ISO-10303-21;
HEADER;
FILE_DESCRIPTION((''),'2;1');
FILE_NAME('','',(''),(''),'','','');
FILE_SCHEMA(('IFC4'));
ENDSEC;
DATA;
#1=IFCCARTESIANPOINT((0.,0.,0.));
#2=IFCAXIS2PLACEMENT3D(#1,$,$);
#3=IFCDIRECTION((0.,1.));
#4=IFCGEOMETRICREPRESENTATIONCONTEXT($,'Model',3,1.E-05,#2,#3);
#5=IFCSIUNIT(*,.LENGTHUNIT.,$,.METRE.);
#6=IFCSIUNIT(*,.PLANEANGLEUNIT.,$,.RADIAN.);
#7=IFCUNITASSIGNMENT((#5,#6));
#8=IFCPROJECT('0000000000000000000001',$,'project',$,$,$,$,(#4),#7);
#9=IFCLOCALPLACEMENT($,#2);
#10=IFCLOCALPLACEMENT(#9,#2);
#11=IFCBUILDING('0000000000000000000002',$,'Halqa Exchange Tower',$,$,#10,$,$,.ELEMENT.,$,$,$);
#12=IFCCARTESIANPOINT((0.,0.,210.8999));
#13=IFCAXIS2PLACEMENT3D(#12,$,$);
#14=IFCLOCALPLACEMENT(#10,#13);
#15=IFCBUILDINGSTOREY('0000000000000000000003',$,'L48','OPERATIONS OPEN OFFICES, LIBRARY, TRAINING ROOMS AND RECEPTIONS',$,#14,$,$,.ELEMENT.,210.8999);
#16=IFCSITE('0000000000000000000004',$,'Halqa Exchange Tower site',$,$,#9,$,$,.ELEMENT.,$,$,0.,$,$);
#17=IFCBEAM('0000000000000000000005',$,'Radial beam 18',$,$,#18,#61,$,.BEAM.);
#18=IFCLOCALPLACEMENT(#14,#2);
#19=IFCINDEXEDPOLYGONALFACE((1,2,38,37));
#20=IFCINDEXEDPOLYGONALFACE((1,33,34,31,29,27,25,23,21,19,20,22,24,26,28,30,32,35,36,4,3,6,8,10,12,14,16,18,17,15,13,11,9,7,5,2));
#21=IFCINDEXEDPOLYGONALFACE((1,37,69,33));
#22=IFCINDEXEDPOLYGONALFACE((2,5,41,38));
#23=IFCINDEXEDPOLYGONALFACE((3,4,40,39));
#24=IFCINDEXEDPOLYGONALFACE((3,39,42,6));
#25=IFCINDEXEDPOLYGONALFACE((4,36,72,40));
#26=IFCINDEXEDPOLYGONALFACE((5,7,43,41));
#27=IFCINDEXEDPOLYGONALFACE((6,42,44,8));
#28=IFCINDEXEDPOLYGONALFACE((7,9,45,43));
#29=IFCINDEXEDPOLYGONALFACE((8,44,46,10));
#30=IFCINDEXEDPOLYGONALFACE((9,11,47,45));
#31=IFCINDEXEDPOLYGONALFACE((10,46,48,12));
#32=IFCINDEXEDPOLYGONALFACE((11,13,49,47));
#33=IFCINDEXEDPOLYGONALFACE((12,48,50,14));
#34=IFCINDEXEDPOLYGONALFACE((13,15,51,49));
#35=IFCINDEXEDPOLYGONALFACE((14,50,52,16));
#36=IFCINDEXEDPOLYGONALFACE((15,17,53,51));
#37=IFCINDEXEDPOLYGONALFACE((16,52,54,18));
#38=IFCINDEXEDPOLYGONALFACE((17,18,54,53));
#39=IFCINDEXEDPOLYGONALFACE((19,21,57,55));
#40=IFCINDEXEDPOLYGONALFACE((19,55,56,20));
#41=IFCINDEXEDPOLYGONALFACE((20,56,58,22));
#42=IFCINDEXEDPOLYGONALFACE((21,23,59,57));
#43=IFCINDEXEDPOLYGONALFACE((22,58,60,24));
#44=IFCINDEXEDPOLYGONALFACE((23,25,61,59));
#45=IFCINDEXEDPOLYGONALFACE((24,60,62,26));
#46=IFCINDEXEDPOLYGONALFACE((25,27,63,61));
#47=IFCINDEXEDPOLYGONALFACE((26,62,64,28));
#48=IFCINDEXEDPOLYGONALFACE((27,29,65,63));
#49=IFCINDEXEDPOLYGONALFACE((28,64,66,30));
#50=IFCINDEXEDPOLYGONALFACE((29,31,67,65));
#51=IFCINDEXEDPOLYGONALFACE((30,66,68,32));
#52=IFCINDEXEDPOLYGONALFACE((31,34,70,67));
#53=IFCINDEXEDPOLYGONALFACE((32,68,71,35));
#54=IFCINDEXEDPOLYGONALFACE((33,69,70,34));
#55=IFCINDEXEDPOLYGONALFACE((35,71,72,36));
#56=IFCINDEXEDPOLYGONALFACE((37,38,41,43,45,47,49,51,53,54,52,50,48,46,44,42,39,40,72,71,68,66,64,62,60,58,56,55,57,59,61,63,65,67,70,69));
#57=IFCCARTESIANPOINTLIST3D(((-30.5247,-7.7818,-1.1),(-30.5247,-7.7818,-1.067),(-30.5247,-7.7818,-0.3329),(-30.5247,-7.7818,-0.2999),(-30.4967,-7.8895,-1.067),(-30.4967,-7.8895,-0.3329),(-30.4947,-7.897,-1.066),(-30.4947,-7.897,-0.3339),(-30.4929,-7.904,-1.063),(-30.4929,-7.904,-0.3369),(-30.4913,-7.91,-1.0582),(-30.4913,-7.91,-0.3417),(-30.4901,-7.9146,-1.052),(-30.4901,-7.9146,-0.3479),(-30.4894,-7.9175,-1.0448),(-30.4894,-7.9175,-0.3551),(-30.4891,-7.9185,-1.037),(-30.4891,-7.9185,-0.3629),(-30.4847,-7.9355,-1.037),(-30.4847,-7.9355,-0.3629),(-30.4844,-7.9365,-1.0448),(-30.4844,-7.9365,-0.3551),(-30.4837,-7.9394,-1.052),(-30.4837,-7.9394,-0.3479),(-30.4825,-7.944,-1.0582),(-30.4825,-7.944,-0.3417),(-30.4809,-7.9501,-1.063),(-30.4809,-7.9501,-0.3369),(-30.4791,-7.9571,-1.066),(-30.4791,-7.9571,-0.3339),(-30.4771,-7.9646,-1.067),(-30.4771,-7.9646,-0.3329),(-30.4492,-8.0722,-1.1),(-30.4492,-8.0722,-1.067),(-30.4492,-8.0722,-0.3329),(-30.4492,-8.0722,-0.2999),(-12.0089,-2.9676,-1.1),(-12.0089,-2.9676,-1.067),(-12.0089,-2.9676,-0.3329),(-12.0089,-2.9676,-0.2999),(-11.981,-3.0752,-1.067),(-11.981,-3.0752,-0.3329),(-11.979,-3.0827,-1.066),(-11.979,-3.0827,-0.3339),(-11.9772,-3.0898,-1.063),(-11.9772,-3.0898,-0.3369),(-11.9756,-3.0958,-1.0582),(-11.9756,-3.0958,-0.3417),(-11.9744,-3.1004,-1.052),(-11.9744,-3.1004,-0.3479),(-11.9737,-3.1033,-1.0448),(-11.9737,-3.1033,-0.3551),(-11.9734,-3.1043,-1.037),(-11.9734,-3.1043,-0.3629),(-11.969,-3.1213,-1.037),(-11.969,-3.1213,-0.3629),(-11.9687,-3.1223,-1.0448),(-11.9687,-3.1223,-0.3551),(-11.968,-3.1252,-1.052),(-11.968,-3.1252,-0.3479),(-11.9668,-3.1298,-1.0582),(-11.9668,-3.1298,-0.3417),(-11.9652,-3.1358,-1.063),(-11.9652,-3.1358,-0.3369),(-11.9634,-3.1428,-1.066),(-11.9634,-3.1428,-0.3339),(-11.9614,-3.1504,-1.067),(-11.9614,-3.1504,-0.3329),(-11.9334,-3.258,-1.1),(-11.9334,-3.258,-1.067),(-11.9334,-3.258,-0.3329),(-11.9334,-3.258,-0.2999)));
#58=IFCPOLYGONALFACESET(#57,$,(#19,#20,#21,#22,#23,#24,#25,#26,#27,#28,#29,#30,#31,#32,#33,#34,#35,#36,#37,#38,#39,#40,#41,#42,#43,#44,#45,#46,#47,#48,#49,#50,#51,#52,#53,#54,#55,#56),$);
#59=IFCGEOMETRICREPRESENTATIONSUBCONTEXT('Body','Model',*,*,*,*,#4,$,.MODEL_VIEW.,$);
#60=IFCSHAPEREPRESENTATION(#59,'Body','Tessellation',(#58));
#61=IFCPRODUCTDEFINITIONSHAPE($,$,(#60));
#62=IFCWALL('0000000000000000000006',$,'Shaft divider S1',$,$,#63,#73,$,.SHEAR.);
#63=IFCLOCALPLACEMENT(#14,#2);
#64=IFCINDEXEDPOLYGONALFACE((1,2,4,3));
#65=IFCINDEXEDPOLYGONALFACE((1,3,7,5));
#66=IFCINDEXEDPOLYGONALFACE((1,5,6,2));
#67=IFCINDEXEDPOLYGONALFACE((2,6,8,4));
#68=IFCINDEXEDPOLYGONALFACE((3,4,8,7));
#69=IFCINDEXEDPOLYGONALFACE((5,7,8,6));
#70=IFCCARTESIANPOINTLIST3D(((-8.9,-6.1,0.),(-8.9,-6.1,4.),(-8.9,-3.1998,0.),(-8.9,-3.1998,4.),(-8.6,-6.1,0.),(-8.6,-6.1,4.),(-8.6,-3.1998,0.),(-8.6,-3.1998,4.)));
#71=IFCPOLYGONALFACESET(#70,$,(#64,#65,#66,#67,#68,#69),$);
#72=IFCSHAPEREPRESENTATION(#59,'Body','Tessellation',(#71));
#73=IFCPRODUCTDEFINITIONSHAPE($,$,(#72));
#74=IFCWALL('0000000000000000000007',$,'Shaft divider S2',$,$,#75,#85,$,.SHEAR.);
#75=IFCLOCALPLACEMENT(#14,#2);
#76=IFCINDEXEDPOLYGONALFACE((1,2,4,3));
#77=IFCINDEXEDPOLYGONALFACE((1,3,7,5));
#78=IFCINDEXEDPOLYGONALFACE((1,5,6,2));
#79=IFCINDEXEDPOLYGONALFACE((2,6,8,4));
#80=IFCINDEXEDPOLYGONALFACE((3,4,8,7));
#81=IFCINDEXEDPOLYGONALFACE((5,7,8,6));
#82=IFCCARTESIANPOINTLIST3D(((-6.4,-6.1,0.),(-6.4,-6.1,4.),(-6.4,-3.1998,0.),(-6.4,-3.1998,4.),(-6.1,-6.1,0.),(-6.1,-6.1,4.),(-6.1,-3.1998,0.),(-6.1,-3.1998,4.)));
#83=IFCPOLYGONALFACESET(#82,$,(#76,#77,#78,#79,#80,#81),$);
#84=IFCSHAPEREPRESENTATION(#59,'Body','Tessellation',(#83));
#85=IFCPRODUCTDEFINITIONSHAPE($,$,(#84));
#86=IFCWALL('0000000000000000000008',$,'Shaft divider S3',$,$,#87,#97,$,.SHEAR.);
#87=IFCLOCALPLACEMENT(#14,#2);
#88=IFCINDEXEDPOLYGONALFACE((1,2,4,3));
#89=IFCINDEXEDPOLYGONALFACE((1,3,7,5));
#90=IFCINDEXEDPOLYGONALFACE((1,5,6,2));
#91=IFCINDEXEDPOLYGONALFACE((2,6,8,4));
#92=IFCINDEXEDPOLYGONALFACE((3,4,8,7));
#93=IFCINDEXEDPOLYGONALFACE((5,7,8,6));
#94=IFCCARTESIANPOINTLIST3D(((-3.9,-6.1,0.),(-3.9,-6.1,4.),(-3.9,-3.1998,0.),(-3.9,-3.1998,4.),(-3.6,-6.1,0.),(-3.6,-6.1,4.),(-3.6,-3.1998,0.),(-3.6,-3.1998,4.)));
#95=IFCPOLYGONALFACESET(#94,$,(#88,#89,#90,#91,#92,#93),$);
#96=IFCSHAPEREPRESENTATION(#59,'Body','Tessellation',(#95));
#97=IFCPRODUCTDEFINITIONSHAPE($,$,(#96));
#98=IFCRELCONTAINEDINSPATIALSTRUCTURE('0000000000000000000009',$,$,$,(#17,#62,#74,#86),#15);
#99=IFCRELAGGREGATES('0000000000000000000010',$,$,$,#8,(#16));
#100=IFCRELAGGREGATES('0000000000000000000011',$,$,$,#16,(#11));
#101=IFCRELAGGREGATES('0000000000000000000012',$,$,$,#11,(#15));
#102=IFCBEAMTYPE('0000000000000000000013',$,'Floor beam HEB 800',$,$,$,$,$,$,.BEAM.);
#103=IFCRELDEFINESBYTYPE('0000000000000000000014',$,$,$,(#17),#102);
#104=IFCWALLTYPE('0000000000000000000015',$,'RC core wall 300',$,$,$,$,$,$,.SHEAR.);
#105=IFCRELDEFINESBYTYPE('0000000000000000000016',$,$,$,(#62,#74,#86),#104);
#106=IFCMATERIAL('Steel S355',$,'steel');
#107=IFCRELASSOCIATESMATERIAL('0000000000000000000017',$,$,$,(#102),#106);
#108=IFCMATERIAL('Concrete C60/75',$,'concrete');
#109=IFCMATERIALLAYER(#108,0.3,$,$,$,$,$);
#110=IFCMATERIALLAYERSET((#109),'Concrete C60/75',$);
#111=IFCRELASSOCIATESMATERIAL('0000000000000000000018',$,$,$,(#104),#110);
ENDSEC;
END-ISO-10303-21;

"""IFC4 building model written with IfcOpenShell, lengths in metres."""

from ifc_helpers import new_model, si_unit, direction, frame, frame_2d, origin, origin_2d, place, context, subcontext, project, spatial, rectangle, i_section, extrude, material, layer, layer_set, material_profile, profile_set, type_object, element, save


model = new_model("IFC4")

# Units and contexts
model_context = context("Model", 3, precision=1e-05, world=origin(), true_north=direction((0.0, 1.0)))
body_context = subcontext(model_context, "Body", "Model", "MODEL_VIEW")
ifc_project = project(units=[si_unit("LENGTHUNIT", "METRE"), si_unit("PLANEANGLEUNIT", "RADIAN")], contexts=[model_context])

# Site, building, storey
site_placement = place(None, origin())
site = spatial("IfcSite", under=ifc_project, at=site_placement, Name="Halqa Exchange Tower site", CompositionType="ELEMENT", RefElevation=0.0)
building_placement = place(site_placement, origin())
building = spatial("IfcBuilding", under=site, at=building_placement, Name="Halqa Exchange Tower", CompositionType="ELEMENT")
storey_placement = place(building_placement, frame((0.0, 0.0, 210.8999)))
storey = spatial("IfcBuildingStorey", under=building, at=storey_placement, Name="L48", Description="OPERATIONS OPEN OFFICES, LIBRARY, TRAINING ROOMS AND RECEPTIONS", CompositionType="ELEMENT", Elevation=210.8999)

# Beam
ifc_material_1 = material(Name="Steel S355", Category="steel")
ifc_material_profile = material_profile(ifc_material_1, i_section(OverallWidth=0.3, OverallDepth=0.8, WebThickness=0.0176, FlangeThickness=0.033, FilletRadius=0.03, at=origin_2d()), Name="HEB 800")
ifc_profile_set = profile_set([ifc_material_profile], Name="Steel S355")
beam_type = type_object("IfcBeamType", Name="Floor beam HEB 800", PredefinedType="BEAM", material=ifc_profile_set)
beam_placement = place(storey_placement, frame((-11.9712, -3.1128, -0.7), z_axis=(-0.967821, -0.251641, 0.0), x_axis=(0.251641, -0.967821, 0.0)))
element("IfcBeam", 1, at=beam_placement, inside=storey, type_object=beam_type, Name="Radial beam 18", PredefinedType="BEAM", context=body_context, shape_type="SweptSolid", body=[
    extrude(i_section(OverallWidth=0.3, OverallDepth=0.8, WebThickness=0.0176, FlangeThickness=0.033, FilletRadius=0.03, at=origin_2d()), origin(), (0.0, 0.0, 1.0), 19.1313),
])

# Walls
ifc_material_2 = material(Name="Concrete C60/75", Category="concrete")
ifc_layer_1 = layer(ifc_material_2, 0.3)
ifc_layer_set_1 = layer_set([ifc_layer_1], Name="Concrete C60/75")
wall_type_1 = type_object("IfcWallType", Name="RC core wall 300", PredefinedType="SHEAR", material=ifc_layer_set_1)
for number, where, z_axis, x_axis, name in (
    (2, (-8.75, -6.1001, 0.0), (0.0, 0.0, 1.0), (0.0, 1.0, 0.0), "Shaft divider S1"),
    (3, (-6.25, -6.1001, 0.0), (0.0, 0.0, 1.0), (0.0, 1.0, 0.0), "Shaft divider S2"),
    (4, (-3.75, -6.1001, 0.0), (0.0, 0.0, 1.0), (0.0, 1.0, 0.0), "Shaft divider S3"),
):
    element("IfcWall", number, at=place(storey_placement, frame(where, z_axis=z_axis, x_axis=x_axis)), inside=storey, type_object=wall_type_1, Name=name, PredefinedType="SHEAR", context=body_context, shape_type="SweptSolid", body=[
        extrude(rectangle(XDim=2.9001, YDim=0.3, at=frame_2d((1.4502, 0.0))), origin(), (0.0, 0.0, 1.0), 4.0),
    ])

save(model, "model.ifc")
